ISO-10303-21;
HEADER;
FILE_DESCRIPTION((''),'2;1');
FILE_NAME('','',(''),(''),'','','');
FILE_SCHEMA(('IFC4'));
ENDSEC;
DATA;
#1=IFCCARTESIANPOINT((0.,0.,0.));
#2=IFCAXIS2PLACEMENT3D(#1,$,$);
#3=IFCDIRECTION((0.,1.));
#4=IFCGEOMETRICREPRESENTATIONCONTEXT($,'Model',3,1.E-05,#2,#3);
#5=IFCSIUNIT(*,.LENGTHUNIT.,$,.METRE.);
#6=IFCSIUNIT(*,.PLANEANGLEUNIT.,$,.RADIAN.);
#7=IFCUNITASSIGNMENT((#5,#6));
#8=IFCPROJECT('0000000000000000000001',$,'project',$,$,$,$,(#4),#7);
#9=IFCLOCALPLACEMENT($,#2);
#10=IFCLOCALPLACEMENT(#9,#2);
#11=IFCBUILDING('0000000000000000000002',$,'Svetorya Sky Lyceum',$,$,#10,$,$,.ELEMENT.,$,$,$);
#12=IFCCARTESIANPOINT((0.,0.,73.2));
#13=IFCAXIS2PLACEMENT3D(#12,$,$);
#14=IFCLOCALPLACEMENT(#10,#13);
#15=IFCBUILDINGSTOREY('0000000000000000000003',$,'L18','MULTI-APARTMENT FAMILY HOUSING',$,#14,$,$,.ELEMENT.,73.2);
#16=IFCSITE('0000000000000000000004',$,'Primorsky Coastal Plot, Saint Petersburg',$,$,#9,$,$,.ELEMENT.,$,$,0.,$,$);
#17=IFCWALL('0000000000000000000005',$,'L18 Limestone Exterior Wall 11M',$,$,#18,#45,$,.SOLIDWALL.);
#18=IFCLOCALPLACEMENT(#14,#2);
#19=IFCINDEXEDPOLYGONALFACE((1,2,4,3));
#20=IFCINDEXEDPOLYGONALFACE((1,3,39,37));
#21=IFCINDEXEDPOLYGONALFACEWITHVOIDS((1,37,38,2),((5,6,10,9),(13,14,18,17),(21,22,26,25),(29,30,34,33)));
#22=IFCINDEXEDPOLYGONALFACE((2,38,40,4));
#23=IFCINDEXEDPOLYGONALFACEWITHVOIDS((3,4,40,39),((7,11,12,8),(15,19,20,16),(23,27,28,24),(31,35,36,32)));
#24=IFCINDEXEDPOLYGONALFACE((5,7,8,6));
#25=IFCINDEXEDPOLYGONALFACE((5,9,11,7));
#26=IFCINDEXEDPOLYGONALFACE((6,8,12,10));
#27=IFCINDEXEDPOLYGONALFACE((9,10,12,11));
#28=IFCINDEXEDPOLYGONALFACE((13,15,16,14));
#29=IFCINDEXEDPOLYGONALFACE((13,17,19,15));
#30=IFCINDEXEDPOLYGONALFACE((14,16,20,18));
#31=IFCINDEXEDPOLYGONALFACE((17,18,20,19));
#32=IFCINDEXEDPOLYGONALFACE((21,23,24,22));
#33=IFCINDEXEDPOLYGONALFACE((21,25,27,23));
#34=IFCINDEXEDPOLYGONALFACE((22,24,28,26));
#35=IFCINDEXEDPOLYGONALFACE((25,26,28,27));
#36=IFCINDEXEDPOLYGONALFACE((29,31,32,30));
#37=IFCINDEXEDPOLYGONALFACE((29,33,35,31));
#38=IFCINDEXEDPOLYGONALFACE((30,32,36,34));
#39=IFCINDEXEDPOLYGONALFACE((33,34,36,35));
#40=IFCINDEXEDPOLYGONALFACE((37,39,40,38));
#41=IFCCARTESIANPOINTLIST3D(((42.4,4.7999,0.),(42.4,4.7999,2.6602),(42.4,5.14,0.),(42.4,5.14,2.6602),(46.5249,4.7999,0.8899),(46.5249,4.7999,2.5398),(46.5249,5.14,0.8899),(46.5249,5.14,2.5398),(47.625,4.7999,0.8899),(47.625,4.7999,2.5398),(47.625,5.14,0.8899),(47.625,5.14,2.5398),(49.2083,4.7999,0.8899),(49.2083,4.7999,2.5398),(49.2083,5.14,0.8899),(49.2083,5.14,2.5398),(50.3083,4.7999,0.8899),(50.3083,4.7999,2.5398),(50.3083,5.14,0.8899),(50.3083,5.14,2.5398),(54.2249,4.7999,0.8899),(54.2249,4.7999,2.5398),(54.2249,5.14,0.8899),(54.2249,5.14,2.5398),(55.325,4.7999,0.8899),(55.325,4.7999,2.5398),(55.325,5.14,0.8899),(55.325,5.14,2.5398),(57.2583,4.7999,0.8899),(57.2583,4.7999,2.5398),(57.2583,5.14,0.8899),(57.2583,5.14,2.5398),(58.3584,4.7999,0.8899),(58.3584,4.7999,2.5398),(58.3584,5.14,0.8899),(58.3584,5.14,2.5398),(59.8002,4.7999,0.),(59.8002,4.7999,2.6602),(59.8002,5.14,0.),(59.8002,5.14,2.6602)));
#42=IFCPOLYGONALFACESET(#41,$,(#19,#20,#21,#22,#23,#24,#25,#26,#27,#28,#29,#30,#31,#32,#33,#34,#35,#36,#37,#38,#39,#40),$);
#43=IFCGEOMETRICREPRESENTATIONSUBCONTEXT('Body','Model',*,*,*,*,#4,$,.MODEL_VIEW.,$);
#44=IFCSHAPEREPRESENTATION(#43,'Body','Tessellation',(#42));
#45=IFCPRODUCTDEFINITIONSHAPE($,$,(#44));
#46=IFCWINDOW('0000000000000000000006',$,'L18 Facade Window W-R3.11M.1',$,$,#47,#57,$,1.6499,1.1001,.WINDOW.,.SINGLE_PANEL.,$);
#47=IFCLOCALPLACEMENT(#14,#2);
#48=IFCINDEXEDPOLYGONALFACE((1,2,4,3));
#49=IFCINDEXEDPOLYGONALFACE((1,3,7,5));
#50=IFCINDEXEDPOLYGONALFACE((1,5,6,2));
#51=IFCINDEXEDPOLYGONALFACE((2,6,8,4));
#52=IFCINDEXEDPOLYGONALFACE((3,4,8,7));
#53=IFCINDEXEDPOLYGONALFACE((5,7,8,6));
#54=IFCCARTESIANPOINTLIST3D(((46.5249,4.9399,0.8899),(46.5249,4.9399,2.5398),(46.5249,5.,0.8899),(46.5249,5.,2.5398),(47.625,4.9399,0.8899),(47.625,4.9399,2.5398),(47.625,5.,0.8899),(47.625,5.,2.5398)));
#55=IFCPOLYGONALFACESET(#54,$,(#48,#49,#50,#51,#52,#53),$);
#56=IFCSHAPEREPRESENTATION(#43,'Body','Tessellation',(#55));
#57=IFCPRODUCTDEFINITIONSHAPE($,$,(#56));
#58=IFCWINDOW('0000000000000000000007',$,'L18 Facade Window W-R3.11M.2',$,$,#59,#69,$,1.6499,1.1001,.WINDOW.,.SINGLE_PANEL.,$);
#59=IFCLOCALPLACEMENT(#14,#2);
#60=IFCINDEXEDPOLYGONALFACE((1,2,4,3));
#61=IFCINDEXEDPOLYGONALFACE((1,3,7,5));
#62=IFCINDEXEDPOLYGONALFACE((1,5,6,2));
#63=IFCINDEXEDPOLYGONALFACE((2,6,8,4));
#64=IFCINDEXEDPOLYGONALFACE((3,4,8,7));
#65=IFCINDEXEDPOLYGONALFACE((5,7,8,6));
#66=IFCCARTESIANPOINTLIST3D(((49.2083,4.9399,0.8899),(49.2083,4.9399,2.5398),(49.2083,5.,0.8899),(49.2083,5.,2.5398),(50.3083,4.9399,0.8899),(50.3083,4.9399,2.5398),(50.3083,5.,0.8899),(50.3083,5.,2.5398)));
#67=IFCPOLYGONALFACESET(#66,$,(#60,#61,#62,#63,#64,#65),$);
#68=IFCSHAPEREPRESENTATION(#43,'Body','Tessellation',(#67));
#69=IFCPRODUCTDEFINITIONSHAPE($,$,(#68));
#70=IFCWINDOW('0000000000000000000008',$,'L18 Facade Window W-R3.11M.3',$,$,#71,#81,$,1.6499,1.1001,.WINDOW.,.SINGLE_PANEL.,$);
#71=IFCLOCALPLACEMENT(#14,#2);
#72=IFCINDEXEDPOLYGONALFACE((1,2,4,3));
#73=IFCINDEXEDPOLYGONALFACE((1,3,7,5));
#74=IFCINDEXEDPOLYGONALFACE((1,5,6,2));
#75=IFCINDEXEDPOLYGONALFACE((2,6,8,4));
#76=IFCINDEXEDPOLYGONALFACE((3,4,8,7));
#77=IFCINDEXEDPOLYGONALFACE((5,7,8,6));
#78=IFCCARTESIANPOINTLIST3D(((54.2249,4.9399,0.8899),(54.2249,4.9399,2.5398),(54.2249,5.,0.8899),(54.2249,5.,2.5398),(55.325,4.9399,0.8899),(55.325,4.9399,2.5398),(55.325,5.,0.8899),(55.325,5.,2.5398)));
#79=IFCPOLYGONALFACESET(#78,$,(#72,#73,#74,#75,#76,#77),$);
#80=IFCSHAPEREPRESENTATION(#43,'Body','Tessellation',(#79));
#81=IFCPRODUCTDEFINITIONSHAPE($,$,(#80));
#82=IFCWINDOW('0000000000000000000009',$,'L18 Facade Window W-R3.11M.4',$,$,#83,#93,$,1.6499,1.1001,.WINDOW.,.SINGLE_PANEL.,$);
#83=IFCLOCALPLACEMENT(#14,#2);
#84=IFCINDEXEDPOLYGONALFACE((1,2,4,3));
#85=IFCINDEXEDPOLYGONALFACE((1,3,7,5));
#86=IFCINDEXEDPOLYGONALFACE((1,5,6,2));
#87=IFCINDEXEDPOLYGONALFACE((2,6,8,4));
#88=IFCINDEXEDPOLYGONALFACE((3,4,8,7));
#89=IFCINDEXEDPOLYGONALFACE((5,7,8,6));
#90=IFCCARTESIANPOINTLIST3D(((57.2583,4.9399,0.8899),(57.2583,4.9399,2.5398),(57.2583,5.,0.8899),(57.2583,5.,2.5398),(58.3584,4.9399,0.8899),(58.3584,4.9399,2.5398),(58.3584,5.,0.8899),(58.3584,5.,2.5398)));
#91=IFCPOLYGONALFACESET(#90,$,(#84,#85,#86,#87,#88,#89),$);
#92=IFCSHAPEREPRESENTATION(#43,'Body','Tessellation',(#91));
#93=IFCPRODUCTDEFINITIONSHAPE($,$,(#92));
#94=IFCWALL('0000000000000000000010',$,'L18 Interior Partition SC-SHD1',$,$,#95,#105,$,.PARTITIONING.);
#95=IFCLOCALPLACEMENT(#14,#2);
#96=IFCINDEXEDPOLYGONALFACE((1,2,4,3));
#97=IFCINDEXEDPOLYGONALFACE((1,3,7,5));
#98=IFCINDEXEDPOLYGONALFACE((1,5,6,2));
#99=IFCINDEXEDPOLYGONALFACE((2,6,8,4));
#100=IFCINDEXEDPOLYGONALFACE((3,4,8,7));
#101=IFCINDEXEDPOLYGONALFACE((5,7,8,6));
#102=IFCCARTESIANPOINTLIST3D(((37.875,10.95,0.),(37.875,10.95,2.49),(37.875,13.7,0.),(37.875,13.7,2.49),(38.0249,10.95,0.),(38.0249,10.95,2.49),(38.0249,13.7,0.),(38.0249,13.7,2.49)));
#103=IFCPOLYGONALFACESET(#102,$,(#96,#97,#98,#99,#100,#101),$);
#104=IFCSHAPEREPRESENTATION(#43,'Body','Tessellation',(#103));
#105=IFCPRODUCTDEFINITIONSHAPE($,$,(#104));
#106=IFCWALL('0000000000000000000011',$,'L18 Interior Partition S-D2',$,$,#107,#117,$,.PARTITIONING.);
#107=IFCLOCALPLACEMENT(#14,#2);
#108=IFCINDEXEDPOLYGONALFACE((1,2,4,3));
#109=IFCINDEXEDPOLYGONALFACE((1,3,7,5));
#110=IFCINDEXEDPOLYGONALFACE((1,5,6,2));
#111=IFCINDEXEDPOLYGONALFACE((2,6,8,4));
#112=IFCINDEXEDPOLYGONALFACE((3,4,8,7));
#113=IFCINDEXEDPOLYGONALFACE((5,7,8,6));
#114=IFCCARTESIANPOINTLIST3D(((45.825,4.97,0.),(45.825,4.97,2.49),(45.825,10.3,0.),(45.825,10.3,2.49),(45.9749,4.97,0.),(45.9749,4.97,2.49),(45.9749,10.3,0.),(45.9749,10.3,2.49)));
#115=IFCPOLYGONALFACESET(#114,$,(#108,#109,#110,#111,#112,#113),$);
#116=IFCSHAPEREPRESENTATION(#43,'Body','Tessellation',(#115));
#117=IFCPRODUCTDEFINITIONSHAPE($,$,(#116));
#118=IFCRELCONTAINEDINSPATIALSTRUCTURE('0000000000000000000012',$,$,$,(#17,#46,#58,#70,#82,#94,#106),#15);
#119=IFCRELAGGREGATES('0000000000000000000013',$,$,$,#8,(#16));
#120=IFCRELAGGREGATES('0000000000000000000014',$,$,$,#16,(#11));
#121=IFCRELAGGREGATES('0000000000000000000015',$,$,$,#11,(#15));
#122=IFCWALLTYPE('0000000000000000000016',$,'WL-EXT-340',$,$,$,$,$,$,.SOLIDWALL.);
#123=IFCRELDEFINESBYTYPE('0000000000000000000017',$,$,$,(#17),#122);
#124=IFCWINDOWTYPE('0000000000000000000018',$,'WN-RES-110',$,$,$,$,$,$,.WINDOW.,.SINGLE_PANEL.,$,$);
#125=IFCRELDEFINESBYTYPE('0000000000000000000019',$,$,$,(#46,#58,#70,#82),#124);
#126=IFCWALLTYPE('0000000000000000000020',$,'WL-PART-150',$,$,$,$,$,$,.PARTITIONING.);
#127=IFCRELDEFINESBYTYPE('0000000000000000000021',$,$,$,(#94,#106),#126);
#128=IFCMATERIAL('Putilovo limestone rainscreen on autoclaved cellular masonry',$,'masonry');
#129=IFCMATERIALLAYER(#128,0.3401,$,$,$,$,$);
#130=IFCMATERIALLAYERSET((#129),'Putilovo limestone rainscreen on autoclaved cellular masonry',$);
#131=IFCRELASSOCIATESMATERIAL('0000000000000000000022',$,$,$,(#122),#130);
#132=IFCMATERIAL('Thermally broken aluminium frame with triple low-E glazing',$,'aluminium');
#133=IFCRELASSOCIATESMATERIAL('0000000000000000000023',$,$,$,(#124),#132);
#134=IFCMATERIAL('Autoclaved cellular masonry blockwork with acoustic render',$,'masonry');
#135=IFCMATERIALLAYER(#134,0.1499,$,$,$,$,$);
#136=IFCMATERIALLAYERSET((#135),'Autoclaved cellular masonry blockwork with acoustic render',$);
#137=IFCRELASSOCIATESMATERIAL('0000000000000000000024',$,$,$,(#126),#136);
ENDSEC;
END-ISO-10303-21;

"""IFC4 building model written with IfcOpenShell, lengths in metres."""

from ifc_helpers import new_model, si_unit, direction, frame, frame_2d, origin, place, context, subcontext, project, spatial, rectangle, extrude, material, layer, layer_set, type_object, element, fill, save


model = new_model("IFC4")

# Units and contexts
model_context = context("Model", 3, precision=1e-05, world=origin(), true_north=direction((0.0, 1.0)))
body_context = subcontext(model_context, "Body", "Model", "MODEL_VIEW")
ifc_project = project(units=[si_unit("LENGTHUNIT", "METRE"), si_unit("PLANEANGLEUNIT", "RADIAN")], contexts=[model_context])

# Site, building, storey
site_placement = place(None, origin())
site = spatial("IfcSite", under=ifc_project, at=site_placement, Name="Primorsky Coastal Plot, Saint Petersburg", CompositionType="ELEMENT", RefElevation=0.0)
building_placement = place(site_placement, origin())
building = spatial("IfcBuilding", under=site, at=building_placement, Name="Svetorya Sky Lyceum", CompositionType="ELEMENT")
storey_placement = place(building_placement, frame((0.0, 0.0, 73.2)))
storey = spatial("IfcBuildingStorey", under=building, at=storey_placement, Name="L18", Description="MULTI-APARTMENT FAMILY HOUSING", CompositionType="ELEMENT", Elevation=73.2)

# Shared definitions
ifc_material_1 = material(Name="Putilovo limestone rainscreen on autoclaved cellular masonry", Category="masonry")
ifc_layer_1 = layer(ifc_material_1, 0.3401)
ifc_layer_set_1 = layer_set([ifc_layer_1], Name="Putilovo limestone rainscreen on autoclaved cellular masonry")
wall_type_1 = type_object("IfcWallType", Name="WL-EXT-340", PredefinedType="SOLIDWALL", material=ifc_layer_set_1)

# Wall, openings, windows
wall_1_placement = place(storey_placement, frame((42.3999, 4.97, 0.0), z_axis=(0.0, 0.0, 1.0), x_axis=(1.0, 0.0, 0.0)))
wall_1 = element("IfcWall", 1, at=wall_1_placement, inside=storey, type_object=wall_type_1, Name="L18 Limestone Exterior Wall 11M", PredefinedType="SOLIDWALL", context=body_context, shape_type="SweptSolid", body=[
    extrude(rectangle(XDim=17.4001, YDim=0.3401, at=frame_2d((8.7002, 0.0))), origin(), (0.0, 0.0, 1.0), 2.6602),
])
opening_1_placement = place(wall_1_placement, frame((4.125, 0.0, 0.8899)))
opening_1 = element("IfcOpeningElement", 2, at=opening_1_placement, cuts=wall_1, PredefinedType="OPENING", context=body_context, shape_type="SweptSolid", body=[
    extrude(rectangle(XDim=1.1001, YDim=1.6499, at=frame_2d((0.55, 0.825))), frame((0.0, 0.1799, 0.0), z_axis=(0.0, -1.0, 0.0), x_axis=(1.0, 0.0, 0.0)), (0.0, 0.0, 1.0), 0.3601),
])
opening_2_placement = place(wall_1_placement, frame((6.8083, 0.0, 0.8899)))
opening_2 = element("IfcOpeningElement", 3, at=opening_2_placement, cuts=wall_1, PredefinedType="OPENING", context=body_context, shape_type="SweptSolid", body=[
    extrude(rectangle(XDim=1.1001, YDim=1.6499, at=frame_2d((0.55, 0.825))), frame((0.0, 0.1799, 0.0), z_axis=(0.0, -1.0, 0.0), x_axis=(1.0, 0.0, 0.0)), (0.0, 0.0, 1.0), 0.3601),
])
opening_3_placement = place(wall_1_placement, frame((11.825, 0.0, 0.8899)))
opening_3 = element("IfcOpeningElement", 4, at=opening_3_placement, cuts=wall_1, PredefinedType="OPENING", context=body_context, shape_type="SweptSolid", body=[
    extrude(rectangle(XDim=1.1001, YDim=1.6499, at=frame_2d((0.55, 0.825))), frame((0.0, 0.1799, 0.0), z_axis=(0.0, -1.0, 0.0), x_axis=(1.0, 0.0, 0.0)), (0.0, 0.0, 1.0), 0.3601),
])
opening_4_placement = place(wall_1_placement, frame((14.8584, 0.0, 0.8899)))
opening_4 = element("IfcOpeningElement", 5, at=opening_4_placement, cuts=wall_1, PredefinedType="OPENING", context=body_context, shape_type="SweptSolid", body=[
    extrude(rectangle(XDim=1.1001, YDim=1.6499, at=frame_2d((0.55, 0.825))), frame((0.0, 0.1799, 0.0), z_axis=(0.0, -1.0, 0.0), x_axis=(1.0, 0.0, 0.0)), (0.0, 0.0, 1.0), 0.3601),
])
ifc_material_2 = material(Name="Thermally broken aluminium frame with triple low-E glazing", Category="aluminium")
window_type = type_object("IfcWindowType", Name="WN-RES-110", PartitioningType="SINGLE_PANEL", PredefinedType="WINDOW", material=ifc_material_2)
window_1_placement = place(opening_1_placement, origin())
window_1 = element("IfcWindow", 6, at=window_1_placement, inside=storey, type_object=window_type, Name="L18 Facade Window W-R3.11M.1", OverallHeight=1.6499, OverallWidth=1.1001, PartitioningType="SINGLE_PANEL", PredefinedType="WINDOW", context=body_context, shape_type="SweptSolid", body=[
    extrude(rectangle(XDim=1.1001, YDim=1.6499, at=frame_2d((0.55, 0.825))), frame((0.0, 0.03, 0.0), z_axis=(0.0, -1.0, 0.0), x_axis=(1.0, 0.0, 0.0)), (0.0, 0.0, 1.0), 0.0601),
])
fill(opening_1, window_1)
window_2_placement = place(opening_2_placement, origin())
window_2 = element("IfcWindow", 7, at=window_2_placement, inside=storey, type_object=window_type, Name="L18 Facade Window W-R3.11M.2", OverallHeight=1.6499, OverallWidth=1.1001, PartitioningType="SINGLE_PANEL", PredefinedType="WINDOW", context=body_context, shape_type="SweptSolid", body=[
    extrude(rectangle(XDim=1.1001, YDim=1.6499, at=frame_2d((0.55, 0.825))), frame((0.0, 0.03, 0.0), z_axis=(0.0, -1.0, 0.0), x_axis=(1.0, 0.0, 0.0)), (0.0, 0.0, 1.0), 0.0601),
])
fill(opening_2, window_2)
window_3_placement = place(opening_3_placement, origin())
window_3 = element("IfcWindow", 8, at=window_3_placement, inside=storey, type_object=window_type, Name="L18 Facade Window W-R3.11M.3", OverallHeight=1.6499, OverallWidth=1.1001, PartitioningType="SINGLE_PANEL", PredefinedType="WINDOW", context=body_context, shape_type="SweptSolid", body=[
    extrude(rectangle(XDim=1.1001, YDim=1.6499, at=frame_2d((0.55, 0.825))), frame((0.0, 0.03, 0.0), z_axis=(0.0, -1.0, 0.0), x_axis=(1.0, 0.0, 0.0)), (0.0, 0.0, 1.0), 0.0601),
])
fill(opening_3, window_3)
window_4_placement = place(opening_4_placement, origin())
window_4 = element("IfcWindow", 9, at=window_4_placement, inside=storey, type_object=window_type, Name="L18 Facade Window W-R3.11M.4", OverallHeight=1.6499, OverallWidth=1.1001, PartitioningType="SINGLE_PANEL", PredefinedType="WINDOW", context=body_context, shape_type="SweptSolid", body=[
    extrude(rectangle(XDim=1.1001, YDim=1.6499, at=frame_2d((0.55, 0.825))), frame((0.0, 0.03, 0.0), z_axis=(0.0, -1.0, 0.0), x_axis=(1.0, 0.0, 0.0)), (0.0, 0.0, 1.0), 0.0601),
])
fill(opening_4, window_4)

# Walls
ifc_material_3 = material(Name="Autoclaved cellular masonry blockwork with acoustic render", Category="masonry")
ifc_layer_2 = layer(ifc_material_3, 0.1499)
ifc_layer_set_2 = layer_set([ifc_layer_2], Name="Autoclaved cellular masonry blockwork with acoustic render")
wall_type_2 = type_object("IfcWallType", Name="WL-PART-150", PredefinedType="PARTITIONING", material=ifc_layer_set_2)
wall_2_placement = place(storey_placement, frame((37.95, 10.95, 0.0), z_axis=(0.0, 0.0, 1.0), x_axis=(0.0, 1.0, 0.0)))
element("IfcWall", 10, at=wall_2_placement, inside=storey, type_object=wall_type_2, Name="L18 Interior Partition SC-SHD1", PredefinedType="PARTITIONING", context=body_context, shape_type="SweptSolid", body=[
    extrude(rectangle(XDim=2.75, YDim=0.1499, at=frame_2d((1.375, 0.0))), origin(), (0.0, 0.0, 1.0), 2.49),
])
wall_3_placement = place(storey_placement, frame((45.8999, 4.97, 0.0), z_axis=(0.0, 0.0, 1.0), x_axis=(0.0, 1.0, 0.0)))
element("IfcWall", 11, at=wall_3_placement, inside=storey, type_object=wall_type_2, Name="L18 Interior Partition S-D2", PredefinedType="PARTITIONING", context=body_context, shape_type="SweptSolid", body=[
    extrude(rectangle(XDim=5.3301, YDim=0.1499, at=frame_2d((2.665, 0.0))), origin(), (0.0, 0.0, 1.0), 2.49),
])

save(model, "model.ifc")
